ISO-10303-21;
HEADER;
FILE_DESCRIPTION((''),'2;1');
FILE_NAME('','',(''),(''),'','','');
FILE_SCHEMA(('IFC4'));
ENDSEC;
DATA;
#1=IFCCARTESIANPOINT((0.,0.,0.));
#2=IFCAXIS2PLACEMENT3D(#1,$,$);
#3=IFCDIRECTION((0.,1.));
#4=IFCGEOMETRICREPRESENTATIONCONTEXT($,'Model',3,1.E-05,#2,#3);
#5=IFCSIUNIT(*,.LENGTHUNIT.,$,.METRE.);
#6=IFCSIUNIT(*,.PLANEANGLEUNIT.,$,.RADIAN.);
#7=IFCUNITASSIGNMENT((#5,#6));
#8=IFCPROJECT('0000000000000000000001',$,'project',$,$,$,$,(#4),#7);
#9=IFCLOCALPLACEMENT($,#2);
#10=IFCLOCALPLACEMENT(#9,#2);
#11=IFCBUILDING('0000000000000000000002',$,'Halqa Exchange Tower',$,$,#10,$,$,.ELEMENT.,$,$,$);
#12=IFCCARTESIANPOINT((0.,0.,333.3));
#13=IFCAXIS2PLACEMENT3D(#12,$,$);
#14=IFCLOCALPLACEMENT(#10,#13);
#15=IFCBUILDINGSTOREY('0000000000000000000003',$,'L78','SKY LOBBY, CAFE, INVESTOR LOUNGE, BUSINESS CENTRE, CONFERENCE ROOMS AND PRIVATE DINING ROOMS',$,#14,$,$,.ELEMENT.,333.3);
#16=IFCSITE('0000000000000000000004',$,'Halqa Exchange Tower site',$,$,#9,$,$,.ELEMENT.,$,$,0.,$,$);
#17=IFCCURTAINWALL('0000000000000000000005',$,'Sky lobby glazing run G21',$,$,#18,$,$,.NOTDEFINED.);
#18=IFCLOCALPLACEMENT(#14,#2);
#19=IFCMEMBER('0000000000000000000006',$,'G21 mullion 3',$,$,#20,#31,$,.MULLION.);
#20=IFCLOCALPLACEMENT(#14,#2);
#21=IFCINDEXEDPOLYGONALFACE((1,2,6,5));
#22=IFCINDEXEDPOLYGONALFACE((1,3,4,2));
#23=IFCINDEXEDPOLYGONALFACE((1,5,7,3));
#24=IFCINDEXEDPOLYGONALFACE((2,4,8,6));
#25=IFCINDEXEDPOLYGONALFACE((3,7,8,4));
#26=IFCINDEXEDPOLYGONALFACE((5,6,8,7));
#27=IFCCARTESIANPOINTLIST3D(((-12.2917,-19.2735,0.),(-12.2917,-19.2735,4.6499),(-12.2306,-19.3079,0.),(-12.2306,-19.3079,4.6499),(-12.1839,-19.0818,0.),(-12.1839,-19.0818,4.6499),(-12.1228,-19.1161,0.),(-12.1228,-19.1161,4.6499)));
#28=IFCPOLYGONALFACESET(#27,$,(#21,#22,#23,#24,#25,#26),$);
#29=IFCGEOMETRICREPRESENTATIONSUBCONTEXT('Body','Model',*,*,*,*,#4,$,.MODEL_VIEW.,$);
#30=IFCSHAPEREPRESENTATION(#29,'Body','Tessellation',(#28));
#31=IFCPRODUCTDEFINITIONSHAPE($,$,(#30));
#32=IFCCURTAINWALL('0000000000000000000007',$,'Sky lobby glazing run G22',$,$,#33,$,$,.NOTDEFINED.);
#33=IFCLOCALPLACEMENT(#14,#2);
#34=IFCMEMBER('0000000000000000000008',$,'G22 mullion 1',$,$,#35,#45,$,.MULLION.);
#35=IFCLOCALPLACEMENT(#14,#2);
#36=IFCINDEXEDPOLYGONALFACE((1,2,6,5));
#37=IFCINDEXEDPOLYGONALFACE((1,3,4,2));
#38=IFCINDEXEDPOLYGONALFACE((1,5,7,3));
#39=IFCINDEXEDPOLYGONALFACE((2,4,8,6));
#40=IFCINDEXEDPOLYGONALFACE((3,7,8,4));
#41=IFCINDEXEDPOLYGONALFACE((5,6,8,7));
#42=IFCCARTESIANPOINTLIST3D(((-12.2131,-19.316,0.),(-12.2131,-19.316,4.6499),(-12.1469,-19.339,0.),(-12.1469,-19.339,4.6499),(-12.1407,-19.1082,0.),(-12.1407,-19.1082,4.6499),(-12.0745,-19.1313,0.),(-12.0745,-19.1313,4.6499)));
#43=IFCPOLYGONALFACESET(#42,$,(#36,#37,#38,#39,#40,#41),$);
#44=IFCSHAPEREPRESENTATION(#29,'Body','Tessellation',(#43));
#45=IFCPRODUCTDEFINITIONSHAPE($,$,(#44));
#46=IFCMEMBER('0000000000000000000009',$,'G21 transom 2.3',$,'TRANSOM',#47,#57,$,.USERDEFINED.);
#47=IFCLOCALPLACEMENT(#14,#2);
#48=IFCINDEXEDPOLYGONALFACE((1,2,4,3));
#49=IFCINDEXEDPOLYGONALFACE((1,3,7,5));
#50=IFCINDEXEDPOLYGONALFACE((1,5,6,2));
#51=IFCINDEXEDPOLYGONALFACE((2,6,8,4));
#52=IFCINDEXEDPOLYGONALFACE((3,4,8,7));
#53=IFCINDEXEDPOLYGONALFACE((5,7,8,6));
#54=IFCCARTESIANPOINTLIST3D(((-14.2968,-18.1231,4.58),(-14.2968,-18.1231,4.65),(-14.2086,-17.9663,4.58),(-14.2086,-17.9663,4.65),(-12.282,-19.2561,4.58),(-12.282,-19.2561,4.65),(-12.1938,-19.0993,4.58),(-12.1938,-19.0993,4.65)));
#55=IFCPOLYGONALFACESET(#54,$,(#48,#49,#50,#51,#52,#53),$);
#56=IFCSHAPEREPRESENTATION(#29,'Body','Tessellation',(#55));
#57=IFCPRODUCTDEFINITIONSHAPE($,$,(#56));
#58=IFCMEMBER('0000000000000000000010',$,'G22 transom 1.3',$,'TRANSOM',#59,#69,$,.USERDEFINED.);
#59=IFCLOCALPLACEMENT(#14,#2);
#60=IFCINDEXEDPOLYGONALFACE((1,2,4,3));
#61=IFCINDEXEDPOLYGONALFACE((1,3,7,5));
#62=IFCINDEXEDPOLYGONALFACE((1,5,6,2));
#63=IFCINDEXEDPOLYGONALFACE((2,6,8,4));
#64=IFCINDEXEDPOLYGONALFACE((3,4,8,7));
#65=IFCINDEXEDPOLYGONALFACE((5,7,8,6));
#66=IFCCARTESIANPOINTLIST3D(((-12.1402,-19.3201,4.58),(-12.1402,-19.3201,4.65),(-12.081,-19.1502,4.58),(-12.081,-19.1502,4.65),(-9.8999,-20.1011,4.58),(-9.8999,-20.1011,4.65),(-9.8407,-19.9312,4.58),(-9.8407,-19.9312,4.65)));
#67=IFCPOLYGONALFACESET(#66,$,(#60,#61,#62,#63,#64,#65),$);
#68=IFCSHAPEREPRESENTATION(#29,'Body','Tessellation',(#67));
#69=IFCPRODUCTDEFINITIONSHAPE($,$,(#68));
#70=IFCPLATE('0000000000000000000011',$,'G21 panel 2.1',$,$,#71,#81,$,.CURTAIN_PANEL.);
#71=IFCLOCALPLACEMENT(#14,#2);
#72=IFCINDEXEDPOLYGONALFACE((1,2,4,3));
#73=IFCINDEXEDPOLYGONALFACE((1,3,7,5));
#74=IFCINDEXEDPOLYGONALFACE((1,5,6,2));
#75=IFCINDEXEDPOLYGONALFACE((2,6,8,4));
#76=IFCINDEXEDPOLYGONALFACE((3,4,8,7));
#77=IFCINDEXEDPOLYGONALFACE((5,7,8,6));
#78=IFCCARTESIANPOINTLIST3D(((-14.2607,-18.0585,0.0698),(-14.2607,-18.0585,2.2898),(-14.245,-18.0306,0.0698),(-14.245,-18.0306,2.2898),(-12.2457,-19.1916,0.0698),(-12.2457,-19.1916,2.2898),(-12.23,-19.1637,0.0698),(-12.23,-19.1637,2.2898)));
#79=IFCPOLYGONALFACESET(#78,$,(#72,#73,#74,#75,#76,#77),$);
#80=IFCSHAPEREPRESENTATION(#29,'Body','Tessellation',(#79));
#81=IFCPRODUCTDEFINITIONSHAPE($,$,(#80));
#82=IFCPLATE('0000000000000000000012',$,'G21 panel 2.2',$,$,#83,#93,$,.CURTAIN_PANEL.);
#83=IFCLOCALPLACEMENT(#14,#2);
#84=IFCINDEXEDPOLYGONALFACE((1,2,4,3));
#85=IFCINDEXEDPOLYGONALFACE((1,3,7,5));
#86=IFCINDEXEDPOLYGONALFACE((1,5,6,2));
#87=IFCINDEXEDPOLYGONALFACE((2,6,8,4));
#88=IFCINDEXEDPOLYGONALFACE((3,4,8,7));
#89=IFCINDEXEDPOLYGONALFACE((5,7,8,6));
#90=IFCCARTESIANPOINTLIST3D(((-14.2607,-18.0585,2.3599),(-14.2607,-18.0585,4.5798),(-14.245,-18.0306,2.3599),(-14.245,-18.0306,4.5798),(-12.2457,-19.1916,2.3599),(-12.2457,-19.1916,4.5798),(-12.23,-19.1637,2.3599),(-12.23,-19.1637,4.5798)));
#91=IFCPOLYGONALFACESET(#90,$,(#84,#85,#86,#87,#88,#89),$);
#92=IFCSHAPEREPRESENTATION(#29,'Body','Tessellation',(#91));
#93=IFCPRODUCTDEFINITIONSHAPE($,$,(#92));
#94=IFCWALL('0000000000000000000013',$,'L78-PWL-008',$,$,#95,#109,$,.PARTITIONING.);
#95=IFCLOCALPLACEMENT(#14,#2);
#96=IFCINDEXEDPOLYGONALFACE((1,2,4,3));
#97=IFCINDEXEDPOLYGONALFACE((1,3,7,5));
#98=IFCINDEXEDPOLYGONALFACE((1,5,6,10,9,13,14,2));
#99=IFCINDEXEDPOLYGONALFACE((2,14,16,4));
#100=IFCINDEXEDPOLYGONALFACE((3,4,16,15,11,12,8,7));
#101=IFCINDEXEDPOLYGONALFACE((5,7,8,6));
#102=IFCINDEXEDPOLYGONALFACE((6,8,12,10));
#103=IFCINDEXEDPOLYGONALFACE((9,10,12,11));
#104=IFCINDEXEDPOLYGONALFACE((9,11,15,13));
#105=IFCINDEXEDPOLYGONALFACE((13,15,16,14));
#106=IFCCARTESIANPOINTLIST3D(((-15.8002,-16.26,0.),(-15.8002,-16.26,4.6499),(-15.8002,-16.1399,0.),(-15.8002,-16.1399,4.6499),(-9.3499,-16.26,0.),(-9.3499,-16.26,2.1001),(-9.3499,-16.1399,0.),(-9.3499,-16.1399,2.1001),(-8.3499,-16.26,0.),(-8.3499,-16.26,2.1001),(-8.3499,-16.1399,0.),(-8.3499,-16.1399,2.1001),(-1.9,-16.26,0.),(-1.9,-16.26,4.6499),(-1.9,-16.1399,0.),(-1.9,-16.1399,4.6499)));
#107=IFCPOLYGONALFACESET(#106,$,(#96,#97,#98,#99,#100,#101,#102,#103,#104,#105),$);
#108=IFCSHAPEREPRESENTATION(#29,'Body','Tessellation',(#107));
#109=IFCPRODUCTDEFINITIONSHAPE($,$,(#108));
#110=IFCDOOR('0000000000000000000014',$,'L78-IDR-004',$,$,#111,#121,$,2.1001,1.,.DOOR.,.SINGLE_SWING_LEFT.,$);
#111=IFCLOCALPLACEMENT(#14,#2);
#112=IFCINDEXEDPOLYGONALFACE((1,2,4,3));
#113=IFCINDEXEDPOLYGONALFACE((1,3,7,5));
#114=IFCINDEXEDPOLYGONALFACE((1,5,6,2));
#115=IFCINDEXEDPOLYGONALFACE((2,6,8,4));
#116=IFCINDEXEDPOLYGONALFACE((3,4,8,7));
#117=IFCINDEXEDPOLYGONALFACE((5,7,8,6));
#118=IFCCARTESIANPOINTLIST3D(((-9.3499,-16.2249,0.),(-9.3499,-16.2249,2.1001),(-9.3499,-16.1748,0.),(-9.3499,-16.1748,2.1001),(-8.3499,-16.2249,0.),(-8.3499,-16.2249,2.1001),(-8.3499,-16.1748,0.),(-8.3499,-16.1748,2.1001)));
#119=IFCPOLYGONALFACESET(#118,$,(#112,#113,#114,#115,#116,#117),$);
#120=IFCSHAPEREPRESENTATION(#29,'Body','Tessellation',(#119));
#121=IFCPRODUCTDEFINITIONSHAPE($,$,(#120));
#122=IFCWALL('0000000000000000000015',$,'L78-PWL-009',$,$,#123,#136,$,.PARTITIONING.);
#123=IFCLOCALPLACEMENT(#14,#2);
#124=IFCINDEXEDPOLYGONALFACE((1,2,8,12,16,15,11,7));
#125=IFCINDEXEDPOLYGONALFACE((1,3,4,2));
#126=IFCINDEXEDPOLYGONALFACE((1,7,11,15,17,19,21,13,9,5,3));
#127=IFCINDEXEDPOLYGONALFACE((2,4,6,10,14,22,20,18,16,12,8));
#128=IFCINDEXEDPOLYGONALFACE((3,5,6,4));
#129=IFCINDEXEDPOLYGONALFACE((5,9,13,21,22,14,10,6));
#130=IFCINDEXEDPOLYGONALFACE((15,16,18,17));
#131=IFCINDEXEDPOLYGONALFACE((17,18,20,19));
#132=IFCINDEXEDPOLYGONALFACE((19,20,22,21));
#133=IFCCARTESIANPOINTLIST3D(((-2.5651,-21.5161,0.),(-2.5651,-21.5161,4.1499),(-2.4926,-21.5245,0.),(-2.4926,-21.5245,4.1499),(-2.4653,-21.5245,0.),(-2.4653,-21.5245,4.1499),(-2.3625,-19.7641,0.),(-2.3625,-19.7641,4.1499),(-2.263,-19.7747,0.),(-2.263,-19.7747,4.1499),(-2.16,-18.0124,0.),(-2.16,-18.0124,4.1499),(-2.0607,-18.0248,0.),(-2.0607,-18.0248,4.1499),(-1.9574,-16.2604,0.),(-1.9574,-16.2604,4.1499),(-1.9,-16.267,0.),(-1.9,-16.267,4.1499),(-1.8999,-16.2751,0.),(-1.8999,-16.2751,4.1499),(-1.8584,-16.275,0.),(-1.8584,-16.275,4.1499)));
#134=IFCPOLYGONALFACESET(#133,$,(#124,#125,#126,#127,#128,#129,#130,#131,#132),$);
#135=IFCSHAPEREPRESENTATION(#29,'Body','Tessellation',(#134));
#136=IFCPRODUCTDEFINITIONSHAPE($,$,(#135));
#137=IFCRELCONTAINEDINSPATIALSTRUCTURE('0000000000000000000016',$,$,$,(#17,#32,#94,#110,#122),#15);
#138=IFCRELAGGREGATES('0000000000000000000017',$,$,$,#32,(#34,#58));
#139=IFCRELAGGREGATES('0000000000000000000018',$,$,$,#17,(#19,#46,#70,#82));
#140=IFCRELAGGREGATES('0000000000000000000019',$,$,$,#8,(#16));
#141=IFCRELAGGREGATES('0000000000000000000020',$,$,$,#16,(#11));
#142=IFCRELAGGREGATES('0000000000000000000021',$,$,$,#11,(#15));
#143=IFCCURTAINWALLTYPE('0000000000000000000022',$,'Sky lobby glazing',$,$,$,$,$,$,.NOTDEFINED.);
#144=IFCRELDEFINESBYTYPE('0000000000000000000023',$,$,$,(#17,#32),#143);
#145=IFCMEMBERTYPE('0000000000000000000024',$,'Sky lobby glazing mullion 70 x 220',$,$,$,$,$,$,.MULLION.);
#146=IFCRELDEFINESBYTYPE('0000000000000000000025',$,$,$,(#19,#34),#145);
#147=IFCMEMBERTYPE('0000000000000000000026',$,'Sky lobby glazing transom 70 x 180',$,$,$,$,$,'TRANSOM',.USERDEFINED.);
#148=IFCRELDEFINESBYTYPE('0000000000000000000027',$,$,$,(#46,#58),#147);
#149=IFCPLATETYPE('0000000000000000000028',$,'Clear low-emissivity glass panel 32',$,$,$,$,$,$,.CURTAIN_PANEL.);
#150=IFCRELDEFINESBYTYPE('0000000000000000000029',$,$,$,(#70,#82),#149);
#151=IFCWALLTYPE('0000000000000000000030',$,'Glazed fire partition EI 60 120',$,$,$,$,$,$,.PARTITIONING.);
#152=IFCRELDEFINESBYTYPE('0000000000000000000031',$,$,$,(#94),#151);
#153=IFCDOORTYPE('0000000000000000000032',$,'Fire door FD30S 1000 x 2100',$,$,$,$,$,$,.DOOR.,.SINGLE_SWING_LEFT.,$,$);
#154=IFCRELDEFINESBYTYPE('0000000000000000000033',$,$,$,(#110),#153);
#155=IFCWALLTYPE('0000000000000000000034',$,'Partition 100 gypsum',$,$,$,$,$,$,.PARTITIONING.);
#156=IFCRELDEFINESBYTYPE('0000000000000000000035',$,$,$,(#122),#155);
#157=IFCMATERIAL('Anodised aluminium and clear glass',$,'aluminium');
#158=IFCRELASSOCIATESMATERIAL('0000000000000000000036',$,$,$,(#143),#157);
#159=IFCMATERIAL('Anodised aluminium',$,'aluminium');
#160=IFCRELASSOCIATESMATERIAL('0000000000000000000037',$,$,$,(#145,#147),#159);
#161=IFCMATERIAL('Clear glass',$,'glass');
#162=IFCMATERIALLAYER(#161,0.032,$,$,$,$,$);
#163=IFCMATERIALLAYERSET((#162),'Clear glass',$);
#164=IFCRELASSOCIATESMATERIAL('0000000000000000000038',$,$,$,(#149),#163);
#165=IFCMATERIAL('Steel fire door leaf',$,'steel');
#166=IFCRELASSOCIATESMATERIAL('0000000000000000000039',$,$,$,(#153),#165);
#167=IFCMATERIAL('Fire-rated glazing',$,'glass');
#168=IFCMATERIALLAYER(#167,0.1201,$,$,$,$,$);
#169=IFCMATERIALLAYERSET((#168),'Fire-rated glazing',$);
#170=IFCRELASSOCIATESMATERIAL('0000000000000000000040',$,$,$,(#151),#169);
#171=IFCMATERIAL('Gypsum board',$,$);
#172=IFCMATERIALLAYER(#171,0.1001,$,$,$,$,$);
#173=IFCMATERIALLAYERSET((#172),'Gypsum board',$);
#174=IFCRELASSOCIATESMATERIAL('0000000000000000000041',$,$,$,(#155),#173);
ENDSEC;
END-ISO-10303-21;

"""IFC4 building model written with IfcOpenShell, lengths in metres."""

from ifc_helpers import new_model, si_unit, direction, frame, frame_2d, origin, origin_2d, place, context, subcontext, project, spatial, polyline, rectangle, outline, extrude, material, layer, layer_set, material_profile, profile_set, type_object, element, fill, aggregate, save


model = new_model("IFC4")

# Units and contexts
model_context = context("Model", 3, precision=1e-05, world=origin(), true_north=direction((0.0, 1.0)))
body_context = subcontext(model_context, "Body", "Model", "MODEL_VIEW")
ifc_project = project(units=[si_unit("LENGTHUNIT", "METRE"), si_unit("PLANEANGLEUNIT", "RADIAN")], contexts=[model_context])

# Site, building, storey
site_placement = place(None, origin())
site = spatial("IfcSite", under=ifc_project, at=site_placement, Name="Halqa Exchange Tower site", CompositionType="ELEMENT", RefElevation=0.0)
building_placement = place(site_placement, origin())
building = spatial("IfcBuilding", under=site, at=building_placement, Name="Halqa Exchange Tower", CompositionType="ELEMENT")
storey_placement = place(building_placement, frame((0.0, 0.0, 333.3)))
storey = spatial("IfcBuildingStorey", under=building, at=storey_placement, Name="L78", Description="SKY LOBBY, CAFE, INVESTOR LOUNGE, BUSINESS CENTRE, CONFERENCE ROOMS AND PRIVATE DINING ROOMS", CompositionType="ELEMENT", Elevation=333.3)

# Curtain walls, members
ifc_material_1 = material(Name="Anodised aluminium and clear glass", Category="aluminium")
curtain_wall_type = type_object("IfcCurtainWallType", Name="Sky lobby glazing", PredefinedType="NOTDEFINED", material=ifc_material_1)
curtain_wall_1_placement = place(storey_placement, origin())
curtain_wall_1 = element("IfcCurtainWall", 1, at=curtain_wall_1_placement, inside=storey, type_object=curtain_wall_type, Name="Sky lobby glazing run G21", PredefinedType="NOTDEFINED")
ifc_material_2 = material(Name="Anodised aluminium", Category="aluminium")
ifc_material_profile_1 = material_profile(ifc_material_2, rectangle(XDim=0.22, YDim=0.0701, at=origin_2d()), Name="AL 70x220")
ifc_profile_set_1 = profile_set([ifc_material_profile_1], Name="Anodised aluminium")
member_type_1 = type_object("IfcMemberType", Name="Sky lobby glazing mullion 70 x 220", PredefinedType="MULLION", material=ifc_profile_set_1)
member_1_placement = place(storey_placement, frame((-12.2073, -19.1948, 0.0), z_axis=(0.0, 0.0, 1.0), x_axis=(0.490158, 0.871634, 0.0)))
member_1 = element("IfcMember", 2, at=member_1_placement, type_object=member_type_1, Name="G21 mullion 3", PredefinedType="MULLION", context=body_context, shape_type="SweptSolid", body=[
    extrude(rectangle(XDim=0.22, YDim=0.0701, at=origin_2d()), origin(), (0.0, 0.0, 1.0), 4.6499),
])
curtain_wall_2_placement = place(storey_placement, origin())
curtain_wall_2 = element("IfcCurtainWall", 3, at=curtain_wall_2_placement, inside=storey, type_object=curtain_wall_type, Name="Sky lobby glazing run G22", PredefinedType="NOTDEFINED")
member_2_placement = place(storey_placement, frame((-12.1438, -19.2236, 0.0), z_axis=(0.0, 0.0, 1.0), x_axis=(0.32916, 0.944274, 0.0)))
member_2 = element("IfcMember", 4, at=member_2_placement, type_object=member_type_1, Name="G22 mullion 1", PredefinedType="MULLION", context=body_context, shape_type="SweptSolid", body=[
    extrude(rectangle(XDim=0.22, YDim=0.0701, at=origin_2d()), origin(), (0.0, 0.0, 1.0), 4.6499),
])

# Members
ifc_material_profile_2 = material_profile(ifc_material_2, rectangle(XDim=0.1799, YDim=0.0701, at=origin_2d()), Name="AL 70x180")
ifc_profile_set_2 = profile_set([ifc_material_profile_2], Name="Anodised aluminium")
member_type_2 = type_object("IfcMemberType", Name="Sky lobby glazing transom 70 x 180", ElementType="TRANSOM", PredefinedType="USERDEFINED", material=ifc_profile_set_2)
member_3_placement = place(storey_placement, frame((-14.2527, -18.0447, 4.615), z_axis=(0.871635, -0.490156, 0.0), x_axis=(0.490156, 0.871635, 0.0)))
member_3 = element("IfcMember", 5, at=member_3_placement, type_object=member_type_2, Name="G21 transom 2.3", ObjectType="TRANSOM", PredefinedType="USERDEFINED", context=body_context, shape_type="SweptSolid", body=[
    extrude(rectangle(XDim=0.1799, YDim=0.0701, at=origin_2d()), origin(), (0.0, 0.0, 1.0), 2.3115),
])
member_4_placement = place(storey_placement, frame((-12.1106, -19.2351, 4.615), z_axis=(0.944262, -0.329195, 0.0), x_axis=(0.329195, 0.944262, 0.0)))
member_4 = element("IfcMember", 6, at=member_4_placement, type_object=member_type_2, Name="G22 transom 1.3", ObjectType="TRANSOM", PredefinedType="USERDEFINED", context=body_context, shape_type="SweptSolid", body=[
    extrude(rectangle(XDim=0.1799, YDim=0.0701, at=origin_2d()), origin(), (0.0, 0.0, 1.0), 2.3726),
])
aggregate(curtain_wall_2, [member_2, member_4])

# Plates
ifc_material_3 = material(Name="Clear glass", Category="glass")
ifc_layer_1 = layer(ifc_material_3, 0.032)
ifc_layer_set_1 = layer_set([ifc_layer_1], Name="Clear glass")
plate_type = type_object("IfcPlateType", Name="Clear low-emissivity glass panel 32", PredefinedType="CURTAIN_PANEL", material=ifc_layer_set_1)
plate_1_placement = place(storey_placement, frame((-13.2454, -18.6111, 0.0698), z_axis=(0.0, 0.0, 1.0), x_axis=(0.871634, -0.490158, 0.0)))
plate_1 = element("IfcPlate", 7, at=plate_1_placement, type_object=plate_type, Name="G21 panel 2.1", PredefinedType="CURTAIN_PANEL", context=body_context, shape_type="SweptSolid", body=[
    extrude(rectangle(XDim=2.3118, YDim=0.032, at=origin_2d()), origin(), (0.0, 0.0, 1.0), 2.22),
])
plate_2_placement = place(storey_placement, frame((-13.2454, -18.6111, 2.3599), z_axis=(0.0, 0.0, 1.0), x_axis=(0.871634, -0.490158, 0.0)))
plate_2 = element("IfcPlate", 8, at=plate_2_placement, type_object=plate_type, Name="G21 panel 2.2", PredefinedType="CURTAIN_PANEL", context=body_context, shape_type="SweptSolid", body=[
    extrude(rectangle(XDim=2.3118, YDim=0.032, at=origin_2d()), origin(), (0.0, 0.0, 1.0), 2.22),
])
aggregate(curtain_wall_1, [member_1, member_3, plate_1, plate_2])

# Wall, opening, door
ifc_material_4 = material(Name="Steel fire door leaf", Category="steel")
door_type_1 = type_object("IfcDoorType", Name="Fire door FD30S 1000 x 2100", OperationType="SINGLE_SWING_LEFT", PredefinedType="DOOR", material=ifc_material_4)
ifc_material_5 = material(Name="Fire-rated glazing", Category="glass")
ifc_layer_2 = layer(ifc_material_5, 0.1201)
ifc_layer_set_2 = layer_set([ifc_layer_2], Name="Fire-rated glazing")
wall_type_1 = type_object("IfcWallType", Name="Glazed fire partition EI 60 120", PredefinedType="PARTITIONING", material=ifc_layer_set_2)
wall_1_placement = place(storey_placement, frame((-1.8999, -16.2, 0.0), z_axis=(0.0, 0.0, 1.0), x_axis=(-1.0, 0.0, 0.0)))
wall_1 = element("IfcWall", 9, at=wall_1_placement, inside=storey, type_object=wall_type_1, Name="L78-PWL-008", PredefinedType="PARTITIONING", context=body_context, shape_type="SweptSolid", body=[
    extrude(rectangle(XDim=13.9001, YDim=0.1201, at=frame_2d((6.9502, 0.0))), origin(), (0.0, 0.0, 1.0), 4.6499),
])
opening_1_placement = place(wall_1_placement, frame((6.45, 0.0, 0.0)))
opening_1 = element("IfcOpeningElement", 10, at=opening_1_placement, cuts=wall_1, PredefinedType="OPENING", context=body_context, shape_type="SweptSolid", body=[
    extrude(rectangle(XDim=1.0, YDim=2.1001, at=frame_2d((0.5, 1.05))), frame((0.0, 0.072, 0.0), z_axis=(0.0, -1.0, 0.0), x_axis=(1.0, 0.0, 0.0)), (0.0, 0.0, 1.0), 0.144),
])
door_1_placement = place(opening_1_placement, origin())
door_1 = element("IfcDoor", 11, at=door_1_placement, inside=storey, type_object=door_type_1, Name="L78-IDR-004", OperationType="SINGLE_SWING_LEFT", OverallHeight=2.1001, OverallWidth=1.0, PredefinedType="DOOR", context=body_context, shape_type="SweptSolid", body=[
    extrude(rectangle(XDim=1.0, YDim=2.1001, at=frame_2d((0.5, 1.05))), frame((0.0, 0.0249, 0.0), z_axis=(0.0, -1.0, 0.0), x_axis=(1.0, 0.0, 0.0)), (0.0, 0.0, 1.0), 0.05),
])
fill(opening_1, door_1)

# Wall
ifc_material_6 = material(Name="Gypsum board")
ifc_layer_3 = layer(ifc_material_6, 0.1001)
ifc_layer_set_3 = layer_set([ifc_layer_3], Name="Gypsum board")
wall_type_2 = type_object("IfcWallType", Name="Partition 100 gypsum", PredefinedType="PARTITIONING", material=ifc_layer_set_3)
wall_2_placement = place(storey_placement, frame((-1.9077, -16.2661, 0.0), z_axis=(0.0, 0.0, 1.0), x_axis=(-0.114852, -0.993383, 0.0)))
element("IfcWall", 12, at=wall_2_placement, inside=storey, type_object=wall_type_2, Name="L78-PWL-009", PredefinedType="PARTITIONING", context=body_context, shape_type="SweptSolid", body=[
    extrude(outline(polyline([(5.2908, -0.05), (5.2908, 0.0229), (5.2876, 0.05), (3.5261, 0.05), (1.7646, 0.05), (0.0032, 0.05), (0.0081, 0.0088), (0.0, 0.0078), (0.0, -0.05), (1.7637, -0.05), (3.5271, -0.05), (5.2908, -0.05)])), origin(), (0.0, 0.0, 1.0), 4.1499),
])

save(model, "model.ifc")
